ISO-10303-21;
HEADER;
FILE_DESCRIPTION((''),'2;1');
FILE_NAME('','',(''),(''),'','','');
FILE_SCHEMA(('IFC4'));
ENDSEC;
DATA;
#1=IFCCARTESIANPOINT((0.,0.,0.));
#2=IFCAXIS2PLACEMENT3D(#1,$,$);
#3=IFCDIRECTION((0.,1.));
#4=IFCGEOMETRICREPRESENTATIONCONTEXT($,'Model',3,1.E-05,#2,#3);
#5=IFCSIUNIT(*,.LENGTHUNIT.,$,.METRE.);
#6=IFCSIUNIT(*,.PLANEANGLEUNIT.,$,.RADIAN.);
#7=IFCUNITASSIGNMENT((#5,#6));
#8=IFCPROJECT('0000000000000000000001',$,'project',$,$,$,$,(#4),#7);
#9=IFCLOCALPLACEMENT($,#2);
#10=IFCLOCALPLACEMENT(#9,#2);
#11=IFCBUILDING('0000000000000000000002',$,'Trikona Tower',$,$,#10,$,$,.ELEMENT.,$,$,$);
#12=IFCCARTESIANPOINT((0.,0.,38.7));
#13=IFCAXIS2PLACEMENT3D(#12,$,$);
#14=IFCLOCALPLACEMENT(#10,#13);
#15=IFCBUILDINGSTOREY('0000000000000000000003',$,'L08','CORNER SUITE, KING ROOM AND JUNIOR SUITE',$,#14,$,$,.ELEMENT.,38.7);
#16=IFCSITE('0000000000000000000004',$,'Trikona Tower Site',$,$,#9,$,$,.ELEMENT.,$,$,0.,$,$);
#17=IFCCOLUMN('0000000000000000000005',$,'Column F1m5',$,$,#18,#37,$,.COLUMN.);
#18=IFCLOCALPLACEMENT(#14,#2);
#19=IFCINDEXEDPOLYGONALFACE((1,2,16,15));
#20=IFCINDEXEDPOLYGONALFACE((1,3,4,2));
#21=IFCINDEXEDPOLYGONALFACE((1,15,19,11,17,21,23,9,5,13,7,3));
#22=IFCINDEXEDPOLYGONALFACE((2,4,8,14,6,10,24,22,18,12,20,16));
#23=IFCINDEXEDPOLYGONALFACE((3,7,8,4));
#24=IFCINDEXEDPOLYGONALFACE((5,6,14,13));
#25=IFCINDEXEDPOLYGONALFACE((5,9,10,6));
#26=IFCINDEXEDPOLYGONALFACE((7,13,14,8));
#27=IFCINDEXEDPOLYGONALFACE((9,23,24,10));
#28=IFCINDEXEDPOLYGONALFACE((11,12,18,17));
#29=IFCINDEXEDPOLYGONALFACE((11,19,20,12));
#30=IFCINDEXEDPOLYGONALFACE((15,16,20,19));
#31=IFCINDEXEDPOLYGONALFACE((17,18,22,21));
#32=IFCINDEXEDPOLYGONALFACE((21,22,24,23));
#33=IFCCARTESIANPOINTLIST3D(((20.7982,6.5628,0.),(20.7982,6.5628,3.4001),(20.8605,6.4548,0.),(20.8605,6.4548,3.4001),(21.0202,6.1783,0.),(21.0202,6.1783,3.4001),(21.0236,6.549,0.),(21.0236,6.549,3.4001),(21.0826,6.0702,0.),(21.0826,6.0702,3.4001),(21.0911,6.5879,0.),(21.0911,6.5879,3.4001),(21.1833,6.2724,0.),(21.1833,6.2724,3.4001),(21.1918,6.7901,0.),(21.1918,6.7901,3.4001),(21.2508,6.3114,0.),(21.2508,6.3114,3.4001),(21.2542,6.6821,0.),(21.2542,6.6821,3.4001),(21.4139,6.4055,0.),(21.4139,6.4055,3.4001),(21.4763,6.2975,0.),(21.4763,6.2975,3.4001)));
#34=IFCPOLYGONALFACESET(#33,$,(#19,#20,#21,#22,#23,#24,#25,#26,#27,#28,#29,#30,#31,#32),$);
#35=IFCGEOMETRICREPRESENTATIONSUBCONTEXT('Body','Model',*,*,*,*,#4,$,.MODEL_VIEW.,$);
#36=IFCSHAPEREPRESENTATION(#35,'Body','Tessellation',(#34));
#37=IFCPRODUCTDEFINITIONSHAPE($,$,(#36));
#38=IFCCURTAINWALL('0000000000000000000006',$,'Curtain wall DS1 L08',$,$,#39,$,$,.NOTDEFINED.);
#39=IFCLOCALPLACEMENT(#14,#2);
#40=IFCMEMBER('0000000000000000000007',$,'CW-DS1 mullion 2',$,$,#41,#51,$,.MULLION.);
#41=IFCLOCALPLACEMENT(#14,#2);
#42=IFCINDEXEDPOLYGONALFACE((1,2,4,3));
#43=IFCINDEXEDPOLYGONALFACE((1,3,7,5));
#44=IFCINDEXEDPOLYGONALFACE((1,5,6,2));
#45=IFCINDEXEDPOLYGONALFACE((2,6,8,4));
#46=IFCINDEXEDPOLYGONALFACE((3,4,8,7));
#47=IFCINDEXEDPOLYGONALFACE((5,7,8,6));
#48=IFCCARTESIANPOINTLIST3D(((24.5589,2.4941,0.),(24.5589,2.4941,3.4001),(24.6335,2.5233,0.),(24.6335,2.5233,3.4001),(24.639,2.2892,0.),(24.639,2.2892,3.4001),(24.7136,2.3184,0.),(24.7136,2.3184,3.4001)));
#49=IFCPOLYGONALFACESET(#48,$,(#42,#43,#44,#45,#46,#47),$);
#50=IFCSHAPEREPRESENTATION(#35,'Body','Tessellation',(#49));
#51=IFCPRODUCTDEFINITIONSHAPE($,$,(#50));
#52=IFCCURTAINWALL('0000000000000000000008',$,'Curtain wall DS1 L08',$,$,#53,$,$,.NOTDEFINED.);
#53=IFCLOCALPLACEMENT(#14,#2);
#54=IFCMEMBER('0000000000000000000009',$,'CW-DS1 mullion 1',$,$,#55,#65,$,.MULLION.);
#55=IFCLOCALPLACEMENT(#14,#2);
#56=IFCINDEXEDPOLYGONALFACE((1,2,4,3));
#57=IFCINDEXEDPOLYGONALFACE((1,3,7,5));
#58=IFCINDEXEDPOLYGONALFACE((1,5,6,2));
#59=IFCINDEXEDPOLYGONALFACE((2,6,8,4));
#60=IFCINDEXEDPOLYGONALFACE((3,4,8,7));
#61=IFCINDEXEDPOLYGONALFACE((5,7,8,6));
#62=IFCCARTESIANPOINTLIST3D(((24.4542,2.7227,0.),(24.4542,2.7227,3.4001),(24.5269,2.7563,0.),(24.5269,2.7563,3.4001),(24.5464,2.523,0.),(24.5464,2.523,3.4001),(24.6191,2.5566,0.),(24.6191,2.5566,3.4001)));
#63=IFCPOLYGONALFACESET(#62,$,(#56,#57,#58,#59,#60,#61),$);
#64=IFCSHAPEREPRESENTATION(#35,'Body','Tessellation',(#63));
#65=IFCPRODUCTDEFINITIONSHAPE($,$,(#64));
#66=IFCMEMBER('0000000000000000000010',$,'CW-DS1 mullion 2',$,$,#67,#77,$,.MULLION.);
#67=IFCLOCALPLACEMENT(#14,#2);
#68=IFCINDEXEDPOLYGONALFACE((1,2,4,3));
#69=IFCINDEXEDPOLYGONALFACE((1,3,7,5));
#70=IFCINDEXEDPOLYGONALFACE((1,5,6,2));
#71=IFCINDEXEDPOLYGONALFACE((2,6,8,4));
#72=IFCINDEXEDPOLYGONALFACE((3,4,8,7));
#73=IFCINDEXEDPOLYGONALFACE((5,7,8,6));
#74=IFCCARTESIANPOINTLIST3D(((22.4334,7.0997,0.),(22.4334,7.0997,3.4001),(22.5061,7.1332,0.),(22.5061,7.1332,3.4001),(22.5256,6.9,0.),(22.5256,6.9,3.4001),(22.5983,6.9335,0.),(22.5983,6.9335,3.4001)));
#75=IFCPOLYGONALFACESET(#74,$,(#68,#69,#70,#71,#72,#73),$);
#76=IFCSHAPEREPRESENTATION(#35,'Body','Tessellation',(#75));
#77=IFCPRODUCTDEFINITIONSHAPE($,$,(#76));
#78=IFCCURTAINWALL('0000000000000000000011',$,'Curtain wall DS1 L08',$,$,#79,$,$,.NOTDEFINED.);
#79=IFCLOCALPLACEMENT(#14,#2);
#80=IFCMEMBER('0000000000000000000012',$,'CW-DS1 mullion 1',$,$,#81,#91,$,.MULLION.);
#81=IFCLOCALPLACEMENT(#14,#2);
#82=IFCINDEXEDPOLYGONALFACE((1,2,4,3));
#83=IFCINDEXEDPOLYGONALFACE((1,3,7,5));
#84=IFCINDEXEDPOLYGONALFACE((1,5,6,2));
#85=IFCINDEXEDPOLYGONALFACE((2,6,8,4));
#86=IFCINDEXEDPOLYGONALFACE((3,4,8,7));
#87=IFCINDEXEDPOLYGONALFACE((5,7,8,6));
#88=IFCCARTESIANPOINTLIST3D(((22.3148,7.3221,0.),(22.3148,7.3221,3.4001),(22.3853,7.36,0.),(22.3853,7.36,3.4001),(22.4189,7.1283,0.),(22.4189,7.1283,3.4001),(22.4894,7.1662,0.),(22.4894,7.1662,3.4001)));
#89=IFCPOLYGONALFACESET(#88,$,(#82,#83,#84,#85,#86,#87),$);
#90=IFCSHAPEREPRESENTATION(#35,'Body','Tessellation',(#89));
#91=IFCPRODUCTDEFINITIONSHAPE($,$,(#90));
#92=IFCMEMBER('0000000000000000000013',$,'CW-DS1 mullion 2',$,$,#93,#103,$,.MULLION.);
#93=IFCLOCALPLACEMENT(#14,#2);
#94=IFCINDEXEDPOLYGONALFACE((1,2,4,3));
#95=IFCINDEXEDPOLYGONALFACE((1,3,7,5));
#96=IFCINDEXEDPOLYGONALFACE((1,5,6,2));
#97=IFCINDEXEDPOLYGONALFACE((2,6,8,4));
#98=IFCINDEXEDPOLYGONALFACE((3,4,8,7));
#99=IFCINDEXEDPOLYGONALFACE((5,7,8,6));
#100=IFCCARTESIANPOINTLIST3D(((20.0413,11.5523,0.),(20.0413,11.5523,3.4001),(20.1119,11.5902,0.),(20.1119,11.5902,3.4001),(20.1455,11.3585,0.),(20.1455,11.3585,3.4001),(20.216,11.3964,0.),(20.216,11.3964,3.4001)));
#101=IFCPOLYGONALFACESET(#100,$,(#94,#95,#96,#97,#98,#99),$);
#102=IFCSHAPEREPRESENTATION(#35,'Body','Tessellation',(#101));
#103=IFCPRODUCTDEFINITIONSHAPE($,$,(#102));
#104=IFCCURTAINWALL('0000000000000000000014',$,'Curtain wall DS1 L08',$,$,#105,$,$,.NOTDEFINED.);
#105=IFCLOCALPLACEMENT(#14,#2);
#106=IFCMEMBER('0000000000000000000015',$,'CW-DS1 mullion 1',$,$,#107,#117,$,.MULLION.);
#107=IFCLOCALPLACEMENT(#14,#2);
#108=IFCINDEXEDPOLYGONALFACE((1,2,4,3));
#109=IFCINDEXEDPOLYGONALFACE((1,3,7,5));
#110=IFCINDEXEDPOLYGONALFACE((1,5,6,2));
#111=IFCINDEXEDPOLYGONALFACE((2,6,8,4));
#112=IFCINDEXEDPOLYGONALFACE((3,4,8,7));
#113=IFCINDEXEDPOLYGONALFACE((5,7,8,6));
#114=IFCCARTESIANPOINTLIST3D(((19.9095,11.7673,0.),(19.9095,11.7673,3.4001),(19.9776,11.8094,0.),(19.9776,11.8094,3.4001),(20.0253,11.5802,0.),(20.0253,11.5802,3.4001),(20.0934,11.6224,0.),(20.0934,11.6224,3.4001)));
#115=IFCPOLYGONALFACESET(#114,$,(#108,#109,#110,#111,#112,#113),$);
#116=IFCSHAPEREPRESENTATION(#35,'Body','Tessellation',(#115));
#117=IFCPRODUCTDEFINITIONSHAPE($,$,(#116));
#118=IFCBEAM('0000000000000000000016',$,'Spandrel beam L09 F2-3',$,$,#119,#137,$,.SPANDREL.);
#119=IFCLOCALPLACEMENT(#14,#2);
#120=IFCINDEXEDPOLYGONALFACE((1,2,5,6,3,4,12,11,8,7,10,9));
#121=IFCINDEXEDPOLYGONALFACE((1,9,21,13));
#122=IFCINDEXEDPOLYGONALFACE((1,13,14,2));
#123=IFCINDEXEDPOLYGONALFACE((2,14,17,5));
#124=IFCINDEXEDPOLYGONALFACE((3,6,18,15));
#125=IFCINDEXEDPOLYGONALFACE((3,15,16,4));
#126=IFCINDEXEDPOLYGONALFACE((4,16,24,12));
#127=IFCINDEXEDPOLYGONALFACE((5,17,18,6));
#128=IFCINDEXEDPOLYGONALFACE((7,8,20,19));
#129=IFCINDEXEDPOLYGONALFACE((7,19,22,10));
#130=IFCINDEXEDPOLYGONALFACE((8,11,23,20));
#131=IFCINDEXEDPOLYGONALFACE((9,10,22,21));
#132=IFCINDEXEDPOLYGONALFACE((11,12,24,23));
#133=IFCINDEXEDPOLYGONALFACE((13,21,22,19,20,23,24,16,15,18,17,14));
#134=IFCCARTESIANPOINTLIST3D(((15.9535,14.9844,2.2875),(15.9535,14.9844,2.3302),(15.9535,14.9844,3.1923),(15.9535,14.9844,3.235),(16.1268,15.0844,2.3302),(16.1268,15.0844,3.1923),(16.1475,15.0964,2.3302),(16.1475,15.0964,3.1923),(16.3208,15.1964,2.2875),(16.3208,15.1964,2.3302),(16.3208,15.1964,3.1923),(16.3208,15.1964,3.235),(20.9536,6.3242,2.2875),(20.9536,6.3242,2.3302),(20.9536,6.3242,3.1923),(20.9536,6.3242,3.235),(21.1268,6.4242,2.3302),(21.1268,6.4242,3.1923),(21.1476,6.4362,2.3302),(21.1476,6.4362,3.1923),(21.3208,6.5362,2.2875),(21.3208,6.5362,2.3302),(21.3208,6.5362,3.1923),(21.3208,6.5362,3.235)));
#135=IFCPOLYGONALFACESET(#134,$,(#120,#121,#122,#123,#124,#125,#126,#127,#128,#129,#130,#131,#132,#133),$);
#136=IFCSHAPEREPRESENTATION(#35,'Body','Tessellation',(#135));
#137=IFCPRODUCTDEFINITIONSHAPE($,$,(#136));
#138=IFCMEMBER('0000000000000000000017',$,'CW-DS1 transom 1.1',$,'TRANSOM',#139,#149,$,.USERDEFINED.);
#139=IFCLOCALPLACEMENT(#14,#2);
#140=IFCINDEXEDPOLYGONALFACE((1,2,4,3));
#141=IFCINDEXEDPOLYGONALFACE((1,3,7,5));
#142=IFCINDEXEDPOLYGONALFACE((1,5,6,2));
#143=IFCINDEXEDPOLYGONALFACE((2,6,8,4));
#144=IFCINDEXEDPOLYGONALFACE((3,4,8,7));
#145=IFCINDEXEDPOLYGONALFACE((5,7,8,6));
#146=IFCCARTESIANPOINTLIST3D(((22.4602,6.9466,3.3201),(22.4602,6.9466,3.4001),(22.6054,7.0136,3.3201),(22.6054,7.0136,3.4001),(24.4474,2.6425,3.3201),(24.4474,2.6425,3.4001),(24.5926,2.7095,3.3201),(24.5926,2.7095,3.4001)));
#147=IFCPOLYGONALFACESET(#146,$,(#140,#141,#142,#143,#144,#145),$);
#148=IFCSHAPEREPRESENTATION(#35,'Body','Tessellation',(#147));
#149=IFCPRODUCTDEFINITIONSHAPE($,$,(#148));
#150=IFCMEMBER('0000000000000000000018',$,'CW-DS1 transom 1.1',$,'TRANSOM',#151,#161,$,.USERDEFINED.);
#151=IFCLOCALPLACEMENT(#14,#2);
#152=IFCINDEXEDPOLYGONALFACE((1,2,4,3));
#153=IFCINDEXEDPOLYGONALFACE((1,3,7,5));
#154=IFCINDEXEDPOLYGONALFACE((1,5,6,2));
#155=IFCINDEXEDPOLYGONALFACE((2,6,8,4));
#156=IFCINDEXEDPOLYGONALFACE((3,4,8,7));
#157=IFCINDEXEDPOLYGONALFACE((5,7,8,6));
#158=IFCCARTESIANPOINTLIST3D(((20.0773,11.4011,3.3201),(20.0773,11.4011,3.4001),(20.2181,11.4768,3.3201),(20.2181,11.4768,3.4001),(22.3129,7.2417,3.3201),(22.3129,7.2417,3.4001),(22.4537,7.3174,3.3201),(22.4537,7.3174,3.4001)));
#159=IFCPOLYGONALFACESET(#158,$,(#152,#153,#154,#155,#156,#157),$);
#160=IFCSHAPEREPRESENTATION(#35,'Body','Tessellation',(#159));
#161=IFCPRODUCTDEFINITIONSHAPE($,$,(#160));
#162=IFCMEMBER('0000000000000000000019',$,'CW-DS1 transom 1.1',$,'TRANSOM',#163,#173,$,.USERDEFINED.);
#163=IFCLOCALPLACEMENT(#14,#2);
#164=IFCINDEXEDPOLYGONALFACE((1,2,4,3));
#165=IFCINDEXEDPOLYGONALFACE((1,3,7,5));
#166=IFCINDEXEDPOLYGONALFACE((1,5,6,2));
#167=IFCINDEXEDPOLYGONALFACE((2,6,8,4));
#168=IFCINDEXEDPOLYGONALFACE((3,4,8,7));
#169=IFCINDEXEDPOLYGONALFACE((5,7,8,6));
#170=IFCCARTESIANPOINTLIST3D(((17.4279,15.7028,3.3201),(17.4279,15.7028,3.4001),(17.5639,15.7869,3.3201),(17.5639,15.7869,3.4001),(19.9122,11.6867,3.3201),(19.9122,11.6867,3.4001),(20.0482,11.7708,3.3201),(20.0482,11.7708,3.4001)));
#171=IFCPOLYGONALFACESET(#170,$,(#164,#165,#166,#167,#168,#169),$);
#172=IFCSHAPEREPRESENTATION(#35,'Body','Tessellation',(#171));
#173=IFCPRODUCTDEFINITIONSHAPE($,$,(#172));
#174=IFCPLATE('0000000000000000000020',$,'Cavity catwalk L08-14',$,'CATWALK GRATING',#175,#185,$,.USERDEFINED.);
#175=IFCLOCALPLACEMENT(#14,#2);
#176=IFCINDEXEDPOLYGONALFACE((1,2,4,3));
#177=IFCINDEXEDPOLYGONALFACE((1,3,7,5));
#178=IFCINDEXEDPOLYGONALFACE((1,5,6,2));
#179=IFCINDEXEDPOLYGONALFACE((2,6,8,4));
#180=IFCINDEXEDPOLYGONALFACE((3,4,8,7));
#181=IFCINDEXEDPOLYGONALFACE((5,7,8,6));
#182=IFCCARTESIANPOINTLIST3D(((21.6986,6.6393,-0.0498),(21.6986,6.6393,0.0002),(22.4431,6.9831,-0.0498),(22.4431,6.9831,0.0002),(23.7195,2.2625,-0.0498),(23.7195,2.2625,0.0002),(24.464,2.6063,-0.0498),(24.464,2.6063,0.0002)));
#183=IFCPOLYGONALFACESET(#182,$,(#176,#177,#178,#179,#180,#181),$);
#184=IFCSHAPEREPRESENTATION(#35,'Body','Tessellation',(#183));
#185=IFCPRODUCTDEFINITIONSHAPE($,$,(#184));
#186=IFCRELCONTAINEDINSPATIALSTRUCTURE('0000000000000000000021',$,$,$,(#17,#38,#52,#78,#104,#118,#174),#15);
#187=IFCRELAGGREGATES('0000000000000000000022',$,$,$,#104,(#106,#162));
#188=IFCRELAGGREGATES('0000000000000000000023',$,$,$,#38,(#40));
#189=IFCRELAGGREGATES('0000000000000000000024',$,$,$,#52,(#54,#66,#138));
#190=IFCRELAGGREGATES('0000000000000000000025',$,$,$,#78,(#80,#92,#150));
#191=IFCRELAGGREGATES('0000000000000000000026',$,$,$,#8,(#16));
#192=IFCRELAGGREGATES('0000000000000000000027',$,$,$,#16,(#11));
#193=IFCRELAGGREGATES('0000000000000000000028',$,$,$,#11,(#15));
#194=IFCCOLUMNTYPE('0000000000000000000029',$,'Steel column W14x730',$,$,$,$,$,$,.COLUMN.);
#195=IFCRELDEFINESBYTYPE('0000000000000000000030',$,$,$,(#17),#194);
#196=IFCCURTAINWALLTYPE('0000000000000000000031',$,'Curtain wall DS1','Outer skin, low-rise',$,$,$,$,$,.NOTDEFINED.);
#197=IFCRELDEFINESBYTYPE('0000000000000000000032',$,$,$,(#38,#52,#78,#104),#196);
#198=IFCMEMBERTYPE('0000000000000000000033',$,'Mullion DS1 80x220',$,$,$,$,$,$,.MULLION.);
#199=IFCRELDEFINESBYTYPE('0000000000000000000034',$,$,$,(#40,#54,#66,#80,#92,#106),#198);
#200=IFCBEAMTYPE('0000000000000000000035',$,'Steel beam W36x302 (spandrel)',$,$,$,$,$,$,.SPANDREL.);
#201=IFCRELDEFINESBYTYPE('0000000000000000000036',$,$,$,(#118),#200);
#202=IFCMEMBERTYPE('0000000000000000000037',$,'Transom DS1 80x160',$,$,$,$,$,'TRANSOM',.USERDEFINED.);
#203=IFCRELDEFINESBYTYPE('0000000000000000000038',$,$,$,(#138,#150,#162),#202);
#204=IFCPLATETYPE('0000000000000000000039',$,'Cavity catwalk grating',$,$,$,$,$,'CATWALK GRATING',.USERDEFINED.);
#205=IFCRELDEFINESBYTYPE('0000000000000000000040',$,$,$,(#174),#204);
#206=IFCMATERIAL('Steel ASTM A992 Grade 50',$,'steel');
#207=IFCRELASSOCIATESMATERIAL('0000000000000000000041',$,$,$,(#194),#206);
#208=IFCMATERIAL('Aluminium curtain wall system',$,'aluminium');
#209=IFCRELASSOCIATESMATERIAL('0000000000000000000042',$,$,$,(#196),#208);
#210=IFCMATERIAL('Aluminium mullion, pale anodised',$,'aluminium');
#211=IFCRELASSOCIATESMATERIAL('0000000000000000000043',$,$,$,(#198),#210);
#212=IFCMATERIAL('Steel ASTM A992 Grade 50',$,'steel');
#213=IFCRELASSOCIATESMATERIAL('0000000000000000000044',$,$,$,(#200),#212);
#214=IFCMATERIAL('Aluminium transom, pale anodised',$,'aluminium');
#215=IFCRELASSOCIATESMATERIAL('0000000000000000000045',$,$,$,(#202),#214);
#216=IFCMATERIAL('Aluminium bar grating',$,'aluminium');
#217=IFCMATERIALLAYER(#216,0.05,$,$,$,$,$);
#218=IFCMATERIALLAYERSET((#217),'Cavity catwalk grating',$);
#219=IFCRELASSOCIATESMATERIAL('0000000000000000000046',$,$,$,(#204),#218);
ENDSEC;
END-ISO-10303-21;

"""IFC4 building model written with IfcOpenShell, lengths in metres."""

from ifc_helpers import new_model, si_unit, direction, frame, origin, origin_2d, place, context, subcontext, project, spatial, rectangle, i_section, extrude, material, layer, layer_set, material_profile, profile_set, type_object, element, aggregate, save


model = new_model("IFC4")

# Units and contexts
model_context = context("Model", 3, precision=1e-05, world=origin(), true_north=direction((0.0, 1.0)))
body_context = subcontext(model_context, "Body", "Model", "MODEL_VIEW")
ifc_project = project(units=[si_unit("LENGTHUNIT", "METRE"), si_unit("PLANEANGLEUNIT", "RADIAN")], contexts=[model_context])

# Site, building, storey
site_placement = place(None, origin())
site = spatial("IfcSite", under=ifc_project, at=site_placement, Name="Trikona Tower Site", CompositionType="ELEMENT", RefElevation=0.0)
building_placement = place(site_placement, origin())
building = spatial("IfcBuilding", under=site, at=building_placement, Name="Trikona Tower", CompositionType="ELEMENT")
storey_placement = place(building_placement, frame((0.0, 0.0, 38.7)))
storey = spatial("IfcBuildingStorey", under=building, at=storey_placement, Name="L08", Description="CORNER SUITE, KING ROOM AND JUNIOR SUITE", CompositionType="ELEMENT", Elevation=38.7)

# Column
ifc_material_1 = material(Name="Steel ASTM A992 Grade 50", Category="steel")
ifc_material_profile_1 = material_profile(ifc_material_1, i_section(OverallWidth=0.4546, OverallDepth=0.5688, WebThickness=0.0779, FlangeThickness=0.1248, at=origin_2d()), Name="W14X730")
ifc_profile_set_1 = profile_set([ifc_material_profile_1], Name="Steel ASTM A992 Grade 50")
column_type = type_object("IfcColumnType", Name="Steel column W14x730", PredefinedType="COLUMN", material=ifc_profile_set_1)
column_placement = place(storey_placement, frame((21.1372, 6.4302, 0.0), z_axis=(0.0, 0.0, 1.0), x_axis=(0.866025, 0.5, 0.0)))
element("IfcColumn", 1, at=column_placement, inside=storey, type_object=column_type, Name="Column F1m5", PredefinedType="COLUMN", context=body_context, shape_type="SweptSolid", body=[
    extrude(i_section(OverallWidth=0.4546, OverallDepth=0.5688, WebThickness=0.0779, FlangeThickness=0.1248, at=origin_2d()), origin(), (0.0, 0.0, 1.0), 3.4001),
])

# Curtain wall, member
ifc_material_2 = material(Name="Aluminium curtain wall system", Category="aluminium")
curtain_wall_type = type_object("IfcCurtainWallType", Name="Curtain wall DS1", Description="Outer skin, low-rise", PredefinedType="NOTDEFINED", material=ifc_material_2)
curtain_wall_1_placement = place(storey_placement, origin())
curtain_wall_1 = element("IfcCurtainWall", 2, at=curtain_wall_1_placement, inside=storey, type_object=curtain_wall_type, Name="Curtain wall DS1 L08", PredefinedType="NOTDEFINED")
ifc_material_3 = material(Name="Aluminium mullion, pale anodised", Category="aluminium")
ifc_material_profile_2 = material_profile(ifc_material_3, rectangle(XDim=0.0801, YDim=0.22, at=origin_2d()), Name="MUL-DS1")
ifc_profile_set_2 = profile_set([ifc_material_profile_2], Name="Aluminium mullion, pale anodised")
member_type_1 = type_object("IfcMemberType", Name="Mullion DS1 80x220", PredefinedType="MULLION", material=ifc_profile_set_2)
member_1_placement = place(storey_placement, frame((24.6362, 2.4062, 0.0), z_axis=(0.0, 0.0, 1.0), x_axis=(-0.931396, -0.364008, 0.0)))
member_1 = element("IfcMember", 3, at=member_1_placement, type_object=member_type_1, Name="CW-DS1 mullion 2", PredefinedType="MULLION", context=body_context, shape_type="SweptSolid", body=[
    extrude(rectangle(XDim=0.0801, YDim=0.22, at=origin_2d()), origin(), (0.0, 0.0, 1.0), 3.4001),
])

# Curtain walls, members
curtain_wall_2_placement = place(storey_placement, origin())
curtain_wall_2 = element("IfcCurtainWall", 4, at=curtain_wall_2_placement, inside=storey, type_object=curtain_wall_type, Name="Curtain wall DS1 L08", PredefinedType="NOTDEFINED")
member_2_placement = place(storey_placement, frame((24.5366, 2.6396, 0.0), z_axis=(0.0, 0.0, 1.0), x_axis=(-0.907898, -0.41919, 0.0)))
member_2 = element("IfcMember", 5, at=member_2_placement, type_object=member_type_1, Name="CW-DS1 mullion 1", PredefinedType="MULLION", context=body_context, shape_type="SweptSolid", body=[
    extrude(rectangle(XDim=0.0801, YDim=0.22, at=origin_2d()), origin(), (0.0, 0.0, 1.0), 3.4001),
])
member_3_placement = place(storey_placement, frame((22.5159, 7.0166, 0.0), z_axis=(0.0, 0.0, 1.0), x_axis=(-0.907898, -0.41919, 0.0)))
member_3 = element("IfcMember", 6, at=member_3_placement, type_object=member_type_1, Name="CW-DS1 mullion 2", PredefinedType="MULLION", context=body_context, shape_type="SweptSolid", body=[
    extrude(rectangle(XDim=0.0801, YDim=0.22, at=origin_2d()), origin(), (0.0, 0.0, 1.0), 3.4001),
])
curtain_wall_3_placement = place(storey_placement, origin())
curtain_wall_3 = element("IfcCurtainWall", 7, at=curtain_wall_3_placement, inside=storey, type_object=curtain_wall_type, Name="Curtain wall DS1 L08", PredefinedType="NOTDEFINED")
member_4_placement = place(storey_placement, frame((22.4021, 7.2441, 0.0), z_axis=(0.0, 0.0, 1.0), x_axis=(-0.880843, -0.473408, 0.0)))
member_4 = element("IfcMember", 8, at=member_4_placement, type_object=member_type_1, Name="CW-DS1 mullion 1", PredefinedType="MULLION", context=body_context, shape_type="SweptSolid", body=[
    extrude(rectangle(XDim=0.0801, YDim=0.22, at=origin_2d()), origin(), (0.0, 0.0, 1.0), 3.4001),
])
member_5_placement = place(storey_placement, frame((20.1287, 11.4744, 0.0), z_axis=(0.0, 0.0, 1.0), x_axis=(-0.880843, -0.473408, 0.0)))
member_5 = element("IfcMember", 9, at=member_5_placement, type_object=member_type_1, Name="CW-DS1 mullion 2", PredefinedType="MULLION", context=body_context, shape_type="SweptSolid", body=[
    extrude(rectangle(XDim=0.0801, YDim=0.22, at=origin_2d()), origin(), (0.0, 0.0, 1.0), 3.4001),
])

# Curtain wall, member
curtain_wall_4_placement = place(storey_placement, origin())
curtain_wall_4 = element("IfcCurtainWall", 10, at=curtain_wall_4_placement, inside=storey, type_object=curtain_wall_type, Name="Curtain wall DS1 L08", PredefinedType="NOTDEFINED")
member_6_placement = place(storey_placement, frame((20.0015, 11.6948, 0.0), z_axis=(0.0, 0.0, 1.0), x_axis=(-0.85041, -0.52612, 0.0)))
member_6 = element("IfcMember", 11, at=member_6_placement, type_object=member_type_1, Name="CW-DS1 mullion 1", PredefinedType="MULLION", context=body_context, shape_type="SweptSolid", body=[
    extrude(rectangle(XDim=0.0801, YDim=0.22, at=origin_2d()), origin(), (0.0, 0.0, 1.0), 3.4001),
])

# Beam
ifc_material_4 = material(Name="Steel ASTM A992 Grade 50", Category="steel")
ifc_material_profile_3 = material_profile(ifc_material_4, i_section(OverallWidth=0.4241, OverallDepth=0.9475, WebThickness=0.0239, FlangeThickness=0.0427, at=origin_2d()), Name="W36X302")
ifc_profile_set_3 = profile_set([ifc_material_profile_3], Name="Steel ASTM A992 Grade 50")
beam_type = type_object("IfcBeamType", Name="Steel beam W36x302 (spandrel)", PredefinedType="SPANDREL", material=ifc_profile_set_3)
beam_placement = place(storey_placement, frame((21.1372, 6.4302, 2.7612), z_axis=(-0.500004, 0.866023, 0.0), x_axis=(-0.866023, -0.500004, 0.0)))
element("IfcBeam", 12, at=beam_placement, inside=storey, type_object=beam_type, Name="Spandrel beam L09 F2-3", PredefinedType="SPANDREL", context=body_context, shape_type="SweptSolid", body=[
    extrude(i_section(OverallWidth=0.4241, OverallDepth=0.9475, WebThickness=0.0239, FlangeThickness=0.0427, at=origin_2d()), origin(), (0.0, 0.0, 1.0), 10.0),
])

# Members
ifc_material_5 = material(Name="Aluminium transom, pale anodised", Category="aluminium")
ifc_material_profile_4 = material_profile(ifc_material_5, rectangle(XDim=0.1599, YDim=0.0801, at=origin_2d()), Name="TRN-DS1")
ifc_profile_set_4 = profile_set([ifc_material_profile_4], Name="Aluminium transom, pale anodised")
member_type_2 = type_object("IfcMemberType", Name="Transom DS1 80x160", ElementType="TRANSOM", PredefinedType="USERDEFINED", material=ifc_profile_set_4)
member_7_placement = place(storey_placement, frame((24.52, 2.676, 3.3601), z_axis=(-0.419189, 0.907899, 0.0), x_axis=(-0.907899, -0.419189, 0.0)))
member_7 = element("IfcMember", 13, at=member_7_placement, type_object=member_type_2, Name="CW-DS1 transom 1.1", ObjectType="TRANSOM", PredefinedType="USERDEFINED", context=body_context, shape_type="SweptSolid", body=[
    extrude(rectangle(XDim=0.1599, YDim=0.0801, at=origin_2d()), origin(), (0.0, 0.0, 1.0), 4.7407),
])
member_8_placement = place(storey_placement, frame((22.3833, 7.2795, 3.3601), z_axis=(-0.473428, 0.880833, 0.0), x_axis=(-0.880833, -0.473428, 0.0)))
member_8 = element("IfcMember", 14, at=member_8_placement, type_object=member_type_2, Name="CW-DS1 transom 1.1", ObjectType="TRANSOM", PredefinedType="USERDEFINED", context=body_context, shape_type="SweptSolid", body=[
    extrude(rectangle(XDim=0.1599, YDim=0.0801, at=origin_2d()), origin(), (0.0, 0.0, 1.0), 4.7222),
])
member_9_placement = place(storey_placement, frame((19.9802, 11.7288, 3.3601), z_axis=(-0.526081, 0.850435, 0.0), x_axis=(-0.850435, -0.526081, 0.0)))
member_9 = element("IfcMember", 15, at=member_9_placement, type_object=member_type_2, Name="CW-DS1 transom 1.1", ObjectType="TRANSOM", PredefinedType="USERDEFINED", context=body_context, shape_type="SweptSolid", body=[
    extrude(rectangle(XDim=0.1599, YDim=0.0801, at=origin_2d()), origin(), (0.0, 0.0, 1.0), 4.7224),
])
aggregate(curtain_wall_4, [member_6, member_9])

# Plate
ifc_material_6 = material(Name="Aluminium bar grating", Category="aluminium")
ifc_layer_1 = layer(ifc_material_6, 0.05)
ifc_layer_set_1 = layer_set([ifc_layer_1], Name="Cavity catwalk grating")
plate_type_1 = type_object("IfcPlateType", Name="Cavity catwalk grating", ElementType="CATWALK GRATING", PredefinedType="USERDEFINED", material=ifc_layer_set_1)
plate_1_placement = place(storey_placement, frame((23.0813, 4.6228, -0.0498), z_axis=(0.0, 0.0, 1.0), x_axis=(-0.419194, 0.907897, 0.0)))
element("IfcPlate", 16, at=plate_1_placement, inside=storey, type_object=plate_type_1, Name="Cavity catwalk L08-14", ObjectType="CATWALK GRATING", PredefinedType="USERDEFINED", context=body_context, shape_type="SweptSolid", body=[
    extrude(rectangle(XDim=4.8208, YDim=0.8201, at=origin_2d()), origin(), (0.0, 0.0, 1.0), 0.05),
])

aggregate(curtain_wall_1, [member_1])
aggregate(curtain_wall_2, [member_2, member_3, member_7])
aggregate(curtain_wall_3, [member_4, member_5, member_8])

save(model, "model.ifc")
